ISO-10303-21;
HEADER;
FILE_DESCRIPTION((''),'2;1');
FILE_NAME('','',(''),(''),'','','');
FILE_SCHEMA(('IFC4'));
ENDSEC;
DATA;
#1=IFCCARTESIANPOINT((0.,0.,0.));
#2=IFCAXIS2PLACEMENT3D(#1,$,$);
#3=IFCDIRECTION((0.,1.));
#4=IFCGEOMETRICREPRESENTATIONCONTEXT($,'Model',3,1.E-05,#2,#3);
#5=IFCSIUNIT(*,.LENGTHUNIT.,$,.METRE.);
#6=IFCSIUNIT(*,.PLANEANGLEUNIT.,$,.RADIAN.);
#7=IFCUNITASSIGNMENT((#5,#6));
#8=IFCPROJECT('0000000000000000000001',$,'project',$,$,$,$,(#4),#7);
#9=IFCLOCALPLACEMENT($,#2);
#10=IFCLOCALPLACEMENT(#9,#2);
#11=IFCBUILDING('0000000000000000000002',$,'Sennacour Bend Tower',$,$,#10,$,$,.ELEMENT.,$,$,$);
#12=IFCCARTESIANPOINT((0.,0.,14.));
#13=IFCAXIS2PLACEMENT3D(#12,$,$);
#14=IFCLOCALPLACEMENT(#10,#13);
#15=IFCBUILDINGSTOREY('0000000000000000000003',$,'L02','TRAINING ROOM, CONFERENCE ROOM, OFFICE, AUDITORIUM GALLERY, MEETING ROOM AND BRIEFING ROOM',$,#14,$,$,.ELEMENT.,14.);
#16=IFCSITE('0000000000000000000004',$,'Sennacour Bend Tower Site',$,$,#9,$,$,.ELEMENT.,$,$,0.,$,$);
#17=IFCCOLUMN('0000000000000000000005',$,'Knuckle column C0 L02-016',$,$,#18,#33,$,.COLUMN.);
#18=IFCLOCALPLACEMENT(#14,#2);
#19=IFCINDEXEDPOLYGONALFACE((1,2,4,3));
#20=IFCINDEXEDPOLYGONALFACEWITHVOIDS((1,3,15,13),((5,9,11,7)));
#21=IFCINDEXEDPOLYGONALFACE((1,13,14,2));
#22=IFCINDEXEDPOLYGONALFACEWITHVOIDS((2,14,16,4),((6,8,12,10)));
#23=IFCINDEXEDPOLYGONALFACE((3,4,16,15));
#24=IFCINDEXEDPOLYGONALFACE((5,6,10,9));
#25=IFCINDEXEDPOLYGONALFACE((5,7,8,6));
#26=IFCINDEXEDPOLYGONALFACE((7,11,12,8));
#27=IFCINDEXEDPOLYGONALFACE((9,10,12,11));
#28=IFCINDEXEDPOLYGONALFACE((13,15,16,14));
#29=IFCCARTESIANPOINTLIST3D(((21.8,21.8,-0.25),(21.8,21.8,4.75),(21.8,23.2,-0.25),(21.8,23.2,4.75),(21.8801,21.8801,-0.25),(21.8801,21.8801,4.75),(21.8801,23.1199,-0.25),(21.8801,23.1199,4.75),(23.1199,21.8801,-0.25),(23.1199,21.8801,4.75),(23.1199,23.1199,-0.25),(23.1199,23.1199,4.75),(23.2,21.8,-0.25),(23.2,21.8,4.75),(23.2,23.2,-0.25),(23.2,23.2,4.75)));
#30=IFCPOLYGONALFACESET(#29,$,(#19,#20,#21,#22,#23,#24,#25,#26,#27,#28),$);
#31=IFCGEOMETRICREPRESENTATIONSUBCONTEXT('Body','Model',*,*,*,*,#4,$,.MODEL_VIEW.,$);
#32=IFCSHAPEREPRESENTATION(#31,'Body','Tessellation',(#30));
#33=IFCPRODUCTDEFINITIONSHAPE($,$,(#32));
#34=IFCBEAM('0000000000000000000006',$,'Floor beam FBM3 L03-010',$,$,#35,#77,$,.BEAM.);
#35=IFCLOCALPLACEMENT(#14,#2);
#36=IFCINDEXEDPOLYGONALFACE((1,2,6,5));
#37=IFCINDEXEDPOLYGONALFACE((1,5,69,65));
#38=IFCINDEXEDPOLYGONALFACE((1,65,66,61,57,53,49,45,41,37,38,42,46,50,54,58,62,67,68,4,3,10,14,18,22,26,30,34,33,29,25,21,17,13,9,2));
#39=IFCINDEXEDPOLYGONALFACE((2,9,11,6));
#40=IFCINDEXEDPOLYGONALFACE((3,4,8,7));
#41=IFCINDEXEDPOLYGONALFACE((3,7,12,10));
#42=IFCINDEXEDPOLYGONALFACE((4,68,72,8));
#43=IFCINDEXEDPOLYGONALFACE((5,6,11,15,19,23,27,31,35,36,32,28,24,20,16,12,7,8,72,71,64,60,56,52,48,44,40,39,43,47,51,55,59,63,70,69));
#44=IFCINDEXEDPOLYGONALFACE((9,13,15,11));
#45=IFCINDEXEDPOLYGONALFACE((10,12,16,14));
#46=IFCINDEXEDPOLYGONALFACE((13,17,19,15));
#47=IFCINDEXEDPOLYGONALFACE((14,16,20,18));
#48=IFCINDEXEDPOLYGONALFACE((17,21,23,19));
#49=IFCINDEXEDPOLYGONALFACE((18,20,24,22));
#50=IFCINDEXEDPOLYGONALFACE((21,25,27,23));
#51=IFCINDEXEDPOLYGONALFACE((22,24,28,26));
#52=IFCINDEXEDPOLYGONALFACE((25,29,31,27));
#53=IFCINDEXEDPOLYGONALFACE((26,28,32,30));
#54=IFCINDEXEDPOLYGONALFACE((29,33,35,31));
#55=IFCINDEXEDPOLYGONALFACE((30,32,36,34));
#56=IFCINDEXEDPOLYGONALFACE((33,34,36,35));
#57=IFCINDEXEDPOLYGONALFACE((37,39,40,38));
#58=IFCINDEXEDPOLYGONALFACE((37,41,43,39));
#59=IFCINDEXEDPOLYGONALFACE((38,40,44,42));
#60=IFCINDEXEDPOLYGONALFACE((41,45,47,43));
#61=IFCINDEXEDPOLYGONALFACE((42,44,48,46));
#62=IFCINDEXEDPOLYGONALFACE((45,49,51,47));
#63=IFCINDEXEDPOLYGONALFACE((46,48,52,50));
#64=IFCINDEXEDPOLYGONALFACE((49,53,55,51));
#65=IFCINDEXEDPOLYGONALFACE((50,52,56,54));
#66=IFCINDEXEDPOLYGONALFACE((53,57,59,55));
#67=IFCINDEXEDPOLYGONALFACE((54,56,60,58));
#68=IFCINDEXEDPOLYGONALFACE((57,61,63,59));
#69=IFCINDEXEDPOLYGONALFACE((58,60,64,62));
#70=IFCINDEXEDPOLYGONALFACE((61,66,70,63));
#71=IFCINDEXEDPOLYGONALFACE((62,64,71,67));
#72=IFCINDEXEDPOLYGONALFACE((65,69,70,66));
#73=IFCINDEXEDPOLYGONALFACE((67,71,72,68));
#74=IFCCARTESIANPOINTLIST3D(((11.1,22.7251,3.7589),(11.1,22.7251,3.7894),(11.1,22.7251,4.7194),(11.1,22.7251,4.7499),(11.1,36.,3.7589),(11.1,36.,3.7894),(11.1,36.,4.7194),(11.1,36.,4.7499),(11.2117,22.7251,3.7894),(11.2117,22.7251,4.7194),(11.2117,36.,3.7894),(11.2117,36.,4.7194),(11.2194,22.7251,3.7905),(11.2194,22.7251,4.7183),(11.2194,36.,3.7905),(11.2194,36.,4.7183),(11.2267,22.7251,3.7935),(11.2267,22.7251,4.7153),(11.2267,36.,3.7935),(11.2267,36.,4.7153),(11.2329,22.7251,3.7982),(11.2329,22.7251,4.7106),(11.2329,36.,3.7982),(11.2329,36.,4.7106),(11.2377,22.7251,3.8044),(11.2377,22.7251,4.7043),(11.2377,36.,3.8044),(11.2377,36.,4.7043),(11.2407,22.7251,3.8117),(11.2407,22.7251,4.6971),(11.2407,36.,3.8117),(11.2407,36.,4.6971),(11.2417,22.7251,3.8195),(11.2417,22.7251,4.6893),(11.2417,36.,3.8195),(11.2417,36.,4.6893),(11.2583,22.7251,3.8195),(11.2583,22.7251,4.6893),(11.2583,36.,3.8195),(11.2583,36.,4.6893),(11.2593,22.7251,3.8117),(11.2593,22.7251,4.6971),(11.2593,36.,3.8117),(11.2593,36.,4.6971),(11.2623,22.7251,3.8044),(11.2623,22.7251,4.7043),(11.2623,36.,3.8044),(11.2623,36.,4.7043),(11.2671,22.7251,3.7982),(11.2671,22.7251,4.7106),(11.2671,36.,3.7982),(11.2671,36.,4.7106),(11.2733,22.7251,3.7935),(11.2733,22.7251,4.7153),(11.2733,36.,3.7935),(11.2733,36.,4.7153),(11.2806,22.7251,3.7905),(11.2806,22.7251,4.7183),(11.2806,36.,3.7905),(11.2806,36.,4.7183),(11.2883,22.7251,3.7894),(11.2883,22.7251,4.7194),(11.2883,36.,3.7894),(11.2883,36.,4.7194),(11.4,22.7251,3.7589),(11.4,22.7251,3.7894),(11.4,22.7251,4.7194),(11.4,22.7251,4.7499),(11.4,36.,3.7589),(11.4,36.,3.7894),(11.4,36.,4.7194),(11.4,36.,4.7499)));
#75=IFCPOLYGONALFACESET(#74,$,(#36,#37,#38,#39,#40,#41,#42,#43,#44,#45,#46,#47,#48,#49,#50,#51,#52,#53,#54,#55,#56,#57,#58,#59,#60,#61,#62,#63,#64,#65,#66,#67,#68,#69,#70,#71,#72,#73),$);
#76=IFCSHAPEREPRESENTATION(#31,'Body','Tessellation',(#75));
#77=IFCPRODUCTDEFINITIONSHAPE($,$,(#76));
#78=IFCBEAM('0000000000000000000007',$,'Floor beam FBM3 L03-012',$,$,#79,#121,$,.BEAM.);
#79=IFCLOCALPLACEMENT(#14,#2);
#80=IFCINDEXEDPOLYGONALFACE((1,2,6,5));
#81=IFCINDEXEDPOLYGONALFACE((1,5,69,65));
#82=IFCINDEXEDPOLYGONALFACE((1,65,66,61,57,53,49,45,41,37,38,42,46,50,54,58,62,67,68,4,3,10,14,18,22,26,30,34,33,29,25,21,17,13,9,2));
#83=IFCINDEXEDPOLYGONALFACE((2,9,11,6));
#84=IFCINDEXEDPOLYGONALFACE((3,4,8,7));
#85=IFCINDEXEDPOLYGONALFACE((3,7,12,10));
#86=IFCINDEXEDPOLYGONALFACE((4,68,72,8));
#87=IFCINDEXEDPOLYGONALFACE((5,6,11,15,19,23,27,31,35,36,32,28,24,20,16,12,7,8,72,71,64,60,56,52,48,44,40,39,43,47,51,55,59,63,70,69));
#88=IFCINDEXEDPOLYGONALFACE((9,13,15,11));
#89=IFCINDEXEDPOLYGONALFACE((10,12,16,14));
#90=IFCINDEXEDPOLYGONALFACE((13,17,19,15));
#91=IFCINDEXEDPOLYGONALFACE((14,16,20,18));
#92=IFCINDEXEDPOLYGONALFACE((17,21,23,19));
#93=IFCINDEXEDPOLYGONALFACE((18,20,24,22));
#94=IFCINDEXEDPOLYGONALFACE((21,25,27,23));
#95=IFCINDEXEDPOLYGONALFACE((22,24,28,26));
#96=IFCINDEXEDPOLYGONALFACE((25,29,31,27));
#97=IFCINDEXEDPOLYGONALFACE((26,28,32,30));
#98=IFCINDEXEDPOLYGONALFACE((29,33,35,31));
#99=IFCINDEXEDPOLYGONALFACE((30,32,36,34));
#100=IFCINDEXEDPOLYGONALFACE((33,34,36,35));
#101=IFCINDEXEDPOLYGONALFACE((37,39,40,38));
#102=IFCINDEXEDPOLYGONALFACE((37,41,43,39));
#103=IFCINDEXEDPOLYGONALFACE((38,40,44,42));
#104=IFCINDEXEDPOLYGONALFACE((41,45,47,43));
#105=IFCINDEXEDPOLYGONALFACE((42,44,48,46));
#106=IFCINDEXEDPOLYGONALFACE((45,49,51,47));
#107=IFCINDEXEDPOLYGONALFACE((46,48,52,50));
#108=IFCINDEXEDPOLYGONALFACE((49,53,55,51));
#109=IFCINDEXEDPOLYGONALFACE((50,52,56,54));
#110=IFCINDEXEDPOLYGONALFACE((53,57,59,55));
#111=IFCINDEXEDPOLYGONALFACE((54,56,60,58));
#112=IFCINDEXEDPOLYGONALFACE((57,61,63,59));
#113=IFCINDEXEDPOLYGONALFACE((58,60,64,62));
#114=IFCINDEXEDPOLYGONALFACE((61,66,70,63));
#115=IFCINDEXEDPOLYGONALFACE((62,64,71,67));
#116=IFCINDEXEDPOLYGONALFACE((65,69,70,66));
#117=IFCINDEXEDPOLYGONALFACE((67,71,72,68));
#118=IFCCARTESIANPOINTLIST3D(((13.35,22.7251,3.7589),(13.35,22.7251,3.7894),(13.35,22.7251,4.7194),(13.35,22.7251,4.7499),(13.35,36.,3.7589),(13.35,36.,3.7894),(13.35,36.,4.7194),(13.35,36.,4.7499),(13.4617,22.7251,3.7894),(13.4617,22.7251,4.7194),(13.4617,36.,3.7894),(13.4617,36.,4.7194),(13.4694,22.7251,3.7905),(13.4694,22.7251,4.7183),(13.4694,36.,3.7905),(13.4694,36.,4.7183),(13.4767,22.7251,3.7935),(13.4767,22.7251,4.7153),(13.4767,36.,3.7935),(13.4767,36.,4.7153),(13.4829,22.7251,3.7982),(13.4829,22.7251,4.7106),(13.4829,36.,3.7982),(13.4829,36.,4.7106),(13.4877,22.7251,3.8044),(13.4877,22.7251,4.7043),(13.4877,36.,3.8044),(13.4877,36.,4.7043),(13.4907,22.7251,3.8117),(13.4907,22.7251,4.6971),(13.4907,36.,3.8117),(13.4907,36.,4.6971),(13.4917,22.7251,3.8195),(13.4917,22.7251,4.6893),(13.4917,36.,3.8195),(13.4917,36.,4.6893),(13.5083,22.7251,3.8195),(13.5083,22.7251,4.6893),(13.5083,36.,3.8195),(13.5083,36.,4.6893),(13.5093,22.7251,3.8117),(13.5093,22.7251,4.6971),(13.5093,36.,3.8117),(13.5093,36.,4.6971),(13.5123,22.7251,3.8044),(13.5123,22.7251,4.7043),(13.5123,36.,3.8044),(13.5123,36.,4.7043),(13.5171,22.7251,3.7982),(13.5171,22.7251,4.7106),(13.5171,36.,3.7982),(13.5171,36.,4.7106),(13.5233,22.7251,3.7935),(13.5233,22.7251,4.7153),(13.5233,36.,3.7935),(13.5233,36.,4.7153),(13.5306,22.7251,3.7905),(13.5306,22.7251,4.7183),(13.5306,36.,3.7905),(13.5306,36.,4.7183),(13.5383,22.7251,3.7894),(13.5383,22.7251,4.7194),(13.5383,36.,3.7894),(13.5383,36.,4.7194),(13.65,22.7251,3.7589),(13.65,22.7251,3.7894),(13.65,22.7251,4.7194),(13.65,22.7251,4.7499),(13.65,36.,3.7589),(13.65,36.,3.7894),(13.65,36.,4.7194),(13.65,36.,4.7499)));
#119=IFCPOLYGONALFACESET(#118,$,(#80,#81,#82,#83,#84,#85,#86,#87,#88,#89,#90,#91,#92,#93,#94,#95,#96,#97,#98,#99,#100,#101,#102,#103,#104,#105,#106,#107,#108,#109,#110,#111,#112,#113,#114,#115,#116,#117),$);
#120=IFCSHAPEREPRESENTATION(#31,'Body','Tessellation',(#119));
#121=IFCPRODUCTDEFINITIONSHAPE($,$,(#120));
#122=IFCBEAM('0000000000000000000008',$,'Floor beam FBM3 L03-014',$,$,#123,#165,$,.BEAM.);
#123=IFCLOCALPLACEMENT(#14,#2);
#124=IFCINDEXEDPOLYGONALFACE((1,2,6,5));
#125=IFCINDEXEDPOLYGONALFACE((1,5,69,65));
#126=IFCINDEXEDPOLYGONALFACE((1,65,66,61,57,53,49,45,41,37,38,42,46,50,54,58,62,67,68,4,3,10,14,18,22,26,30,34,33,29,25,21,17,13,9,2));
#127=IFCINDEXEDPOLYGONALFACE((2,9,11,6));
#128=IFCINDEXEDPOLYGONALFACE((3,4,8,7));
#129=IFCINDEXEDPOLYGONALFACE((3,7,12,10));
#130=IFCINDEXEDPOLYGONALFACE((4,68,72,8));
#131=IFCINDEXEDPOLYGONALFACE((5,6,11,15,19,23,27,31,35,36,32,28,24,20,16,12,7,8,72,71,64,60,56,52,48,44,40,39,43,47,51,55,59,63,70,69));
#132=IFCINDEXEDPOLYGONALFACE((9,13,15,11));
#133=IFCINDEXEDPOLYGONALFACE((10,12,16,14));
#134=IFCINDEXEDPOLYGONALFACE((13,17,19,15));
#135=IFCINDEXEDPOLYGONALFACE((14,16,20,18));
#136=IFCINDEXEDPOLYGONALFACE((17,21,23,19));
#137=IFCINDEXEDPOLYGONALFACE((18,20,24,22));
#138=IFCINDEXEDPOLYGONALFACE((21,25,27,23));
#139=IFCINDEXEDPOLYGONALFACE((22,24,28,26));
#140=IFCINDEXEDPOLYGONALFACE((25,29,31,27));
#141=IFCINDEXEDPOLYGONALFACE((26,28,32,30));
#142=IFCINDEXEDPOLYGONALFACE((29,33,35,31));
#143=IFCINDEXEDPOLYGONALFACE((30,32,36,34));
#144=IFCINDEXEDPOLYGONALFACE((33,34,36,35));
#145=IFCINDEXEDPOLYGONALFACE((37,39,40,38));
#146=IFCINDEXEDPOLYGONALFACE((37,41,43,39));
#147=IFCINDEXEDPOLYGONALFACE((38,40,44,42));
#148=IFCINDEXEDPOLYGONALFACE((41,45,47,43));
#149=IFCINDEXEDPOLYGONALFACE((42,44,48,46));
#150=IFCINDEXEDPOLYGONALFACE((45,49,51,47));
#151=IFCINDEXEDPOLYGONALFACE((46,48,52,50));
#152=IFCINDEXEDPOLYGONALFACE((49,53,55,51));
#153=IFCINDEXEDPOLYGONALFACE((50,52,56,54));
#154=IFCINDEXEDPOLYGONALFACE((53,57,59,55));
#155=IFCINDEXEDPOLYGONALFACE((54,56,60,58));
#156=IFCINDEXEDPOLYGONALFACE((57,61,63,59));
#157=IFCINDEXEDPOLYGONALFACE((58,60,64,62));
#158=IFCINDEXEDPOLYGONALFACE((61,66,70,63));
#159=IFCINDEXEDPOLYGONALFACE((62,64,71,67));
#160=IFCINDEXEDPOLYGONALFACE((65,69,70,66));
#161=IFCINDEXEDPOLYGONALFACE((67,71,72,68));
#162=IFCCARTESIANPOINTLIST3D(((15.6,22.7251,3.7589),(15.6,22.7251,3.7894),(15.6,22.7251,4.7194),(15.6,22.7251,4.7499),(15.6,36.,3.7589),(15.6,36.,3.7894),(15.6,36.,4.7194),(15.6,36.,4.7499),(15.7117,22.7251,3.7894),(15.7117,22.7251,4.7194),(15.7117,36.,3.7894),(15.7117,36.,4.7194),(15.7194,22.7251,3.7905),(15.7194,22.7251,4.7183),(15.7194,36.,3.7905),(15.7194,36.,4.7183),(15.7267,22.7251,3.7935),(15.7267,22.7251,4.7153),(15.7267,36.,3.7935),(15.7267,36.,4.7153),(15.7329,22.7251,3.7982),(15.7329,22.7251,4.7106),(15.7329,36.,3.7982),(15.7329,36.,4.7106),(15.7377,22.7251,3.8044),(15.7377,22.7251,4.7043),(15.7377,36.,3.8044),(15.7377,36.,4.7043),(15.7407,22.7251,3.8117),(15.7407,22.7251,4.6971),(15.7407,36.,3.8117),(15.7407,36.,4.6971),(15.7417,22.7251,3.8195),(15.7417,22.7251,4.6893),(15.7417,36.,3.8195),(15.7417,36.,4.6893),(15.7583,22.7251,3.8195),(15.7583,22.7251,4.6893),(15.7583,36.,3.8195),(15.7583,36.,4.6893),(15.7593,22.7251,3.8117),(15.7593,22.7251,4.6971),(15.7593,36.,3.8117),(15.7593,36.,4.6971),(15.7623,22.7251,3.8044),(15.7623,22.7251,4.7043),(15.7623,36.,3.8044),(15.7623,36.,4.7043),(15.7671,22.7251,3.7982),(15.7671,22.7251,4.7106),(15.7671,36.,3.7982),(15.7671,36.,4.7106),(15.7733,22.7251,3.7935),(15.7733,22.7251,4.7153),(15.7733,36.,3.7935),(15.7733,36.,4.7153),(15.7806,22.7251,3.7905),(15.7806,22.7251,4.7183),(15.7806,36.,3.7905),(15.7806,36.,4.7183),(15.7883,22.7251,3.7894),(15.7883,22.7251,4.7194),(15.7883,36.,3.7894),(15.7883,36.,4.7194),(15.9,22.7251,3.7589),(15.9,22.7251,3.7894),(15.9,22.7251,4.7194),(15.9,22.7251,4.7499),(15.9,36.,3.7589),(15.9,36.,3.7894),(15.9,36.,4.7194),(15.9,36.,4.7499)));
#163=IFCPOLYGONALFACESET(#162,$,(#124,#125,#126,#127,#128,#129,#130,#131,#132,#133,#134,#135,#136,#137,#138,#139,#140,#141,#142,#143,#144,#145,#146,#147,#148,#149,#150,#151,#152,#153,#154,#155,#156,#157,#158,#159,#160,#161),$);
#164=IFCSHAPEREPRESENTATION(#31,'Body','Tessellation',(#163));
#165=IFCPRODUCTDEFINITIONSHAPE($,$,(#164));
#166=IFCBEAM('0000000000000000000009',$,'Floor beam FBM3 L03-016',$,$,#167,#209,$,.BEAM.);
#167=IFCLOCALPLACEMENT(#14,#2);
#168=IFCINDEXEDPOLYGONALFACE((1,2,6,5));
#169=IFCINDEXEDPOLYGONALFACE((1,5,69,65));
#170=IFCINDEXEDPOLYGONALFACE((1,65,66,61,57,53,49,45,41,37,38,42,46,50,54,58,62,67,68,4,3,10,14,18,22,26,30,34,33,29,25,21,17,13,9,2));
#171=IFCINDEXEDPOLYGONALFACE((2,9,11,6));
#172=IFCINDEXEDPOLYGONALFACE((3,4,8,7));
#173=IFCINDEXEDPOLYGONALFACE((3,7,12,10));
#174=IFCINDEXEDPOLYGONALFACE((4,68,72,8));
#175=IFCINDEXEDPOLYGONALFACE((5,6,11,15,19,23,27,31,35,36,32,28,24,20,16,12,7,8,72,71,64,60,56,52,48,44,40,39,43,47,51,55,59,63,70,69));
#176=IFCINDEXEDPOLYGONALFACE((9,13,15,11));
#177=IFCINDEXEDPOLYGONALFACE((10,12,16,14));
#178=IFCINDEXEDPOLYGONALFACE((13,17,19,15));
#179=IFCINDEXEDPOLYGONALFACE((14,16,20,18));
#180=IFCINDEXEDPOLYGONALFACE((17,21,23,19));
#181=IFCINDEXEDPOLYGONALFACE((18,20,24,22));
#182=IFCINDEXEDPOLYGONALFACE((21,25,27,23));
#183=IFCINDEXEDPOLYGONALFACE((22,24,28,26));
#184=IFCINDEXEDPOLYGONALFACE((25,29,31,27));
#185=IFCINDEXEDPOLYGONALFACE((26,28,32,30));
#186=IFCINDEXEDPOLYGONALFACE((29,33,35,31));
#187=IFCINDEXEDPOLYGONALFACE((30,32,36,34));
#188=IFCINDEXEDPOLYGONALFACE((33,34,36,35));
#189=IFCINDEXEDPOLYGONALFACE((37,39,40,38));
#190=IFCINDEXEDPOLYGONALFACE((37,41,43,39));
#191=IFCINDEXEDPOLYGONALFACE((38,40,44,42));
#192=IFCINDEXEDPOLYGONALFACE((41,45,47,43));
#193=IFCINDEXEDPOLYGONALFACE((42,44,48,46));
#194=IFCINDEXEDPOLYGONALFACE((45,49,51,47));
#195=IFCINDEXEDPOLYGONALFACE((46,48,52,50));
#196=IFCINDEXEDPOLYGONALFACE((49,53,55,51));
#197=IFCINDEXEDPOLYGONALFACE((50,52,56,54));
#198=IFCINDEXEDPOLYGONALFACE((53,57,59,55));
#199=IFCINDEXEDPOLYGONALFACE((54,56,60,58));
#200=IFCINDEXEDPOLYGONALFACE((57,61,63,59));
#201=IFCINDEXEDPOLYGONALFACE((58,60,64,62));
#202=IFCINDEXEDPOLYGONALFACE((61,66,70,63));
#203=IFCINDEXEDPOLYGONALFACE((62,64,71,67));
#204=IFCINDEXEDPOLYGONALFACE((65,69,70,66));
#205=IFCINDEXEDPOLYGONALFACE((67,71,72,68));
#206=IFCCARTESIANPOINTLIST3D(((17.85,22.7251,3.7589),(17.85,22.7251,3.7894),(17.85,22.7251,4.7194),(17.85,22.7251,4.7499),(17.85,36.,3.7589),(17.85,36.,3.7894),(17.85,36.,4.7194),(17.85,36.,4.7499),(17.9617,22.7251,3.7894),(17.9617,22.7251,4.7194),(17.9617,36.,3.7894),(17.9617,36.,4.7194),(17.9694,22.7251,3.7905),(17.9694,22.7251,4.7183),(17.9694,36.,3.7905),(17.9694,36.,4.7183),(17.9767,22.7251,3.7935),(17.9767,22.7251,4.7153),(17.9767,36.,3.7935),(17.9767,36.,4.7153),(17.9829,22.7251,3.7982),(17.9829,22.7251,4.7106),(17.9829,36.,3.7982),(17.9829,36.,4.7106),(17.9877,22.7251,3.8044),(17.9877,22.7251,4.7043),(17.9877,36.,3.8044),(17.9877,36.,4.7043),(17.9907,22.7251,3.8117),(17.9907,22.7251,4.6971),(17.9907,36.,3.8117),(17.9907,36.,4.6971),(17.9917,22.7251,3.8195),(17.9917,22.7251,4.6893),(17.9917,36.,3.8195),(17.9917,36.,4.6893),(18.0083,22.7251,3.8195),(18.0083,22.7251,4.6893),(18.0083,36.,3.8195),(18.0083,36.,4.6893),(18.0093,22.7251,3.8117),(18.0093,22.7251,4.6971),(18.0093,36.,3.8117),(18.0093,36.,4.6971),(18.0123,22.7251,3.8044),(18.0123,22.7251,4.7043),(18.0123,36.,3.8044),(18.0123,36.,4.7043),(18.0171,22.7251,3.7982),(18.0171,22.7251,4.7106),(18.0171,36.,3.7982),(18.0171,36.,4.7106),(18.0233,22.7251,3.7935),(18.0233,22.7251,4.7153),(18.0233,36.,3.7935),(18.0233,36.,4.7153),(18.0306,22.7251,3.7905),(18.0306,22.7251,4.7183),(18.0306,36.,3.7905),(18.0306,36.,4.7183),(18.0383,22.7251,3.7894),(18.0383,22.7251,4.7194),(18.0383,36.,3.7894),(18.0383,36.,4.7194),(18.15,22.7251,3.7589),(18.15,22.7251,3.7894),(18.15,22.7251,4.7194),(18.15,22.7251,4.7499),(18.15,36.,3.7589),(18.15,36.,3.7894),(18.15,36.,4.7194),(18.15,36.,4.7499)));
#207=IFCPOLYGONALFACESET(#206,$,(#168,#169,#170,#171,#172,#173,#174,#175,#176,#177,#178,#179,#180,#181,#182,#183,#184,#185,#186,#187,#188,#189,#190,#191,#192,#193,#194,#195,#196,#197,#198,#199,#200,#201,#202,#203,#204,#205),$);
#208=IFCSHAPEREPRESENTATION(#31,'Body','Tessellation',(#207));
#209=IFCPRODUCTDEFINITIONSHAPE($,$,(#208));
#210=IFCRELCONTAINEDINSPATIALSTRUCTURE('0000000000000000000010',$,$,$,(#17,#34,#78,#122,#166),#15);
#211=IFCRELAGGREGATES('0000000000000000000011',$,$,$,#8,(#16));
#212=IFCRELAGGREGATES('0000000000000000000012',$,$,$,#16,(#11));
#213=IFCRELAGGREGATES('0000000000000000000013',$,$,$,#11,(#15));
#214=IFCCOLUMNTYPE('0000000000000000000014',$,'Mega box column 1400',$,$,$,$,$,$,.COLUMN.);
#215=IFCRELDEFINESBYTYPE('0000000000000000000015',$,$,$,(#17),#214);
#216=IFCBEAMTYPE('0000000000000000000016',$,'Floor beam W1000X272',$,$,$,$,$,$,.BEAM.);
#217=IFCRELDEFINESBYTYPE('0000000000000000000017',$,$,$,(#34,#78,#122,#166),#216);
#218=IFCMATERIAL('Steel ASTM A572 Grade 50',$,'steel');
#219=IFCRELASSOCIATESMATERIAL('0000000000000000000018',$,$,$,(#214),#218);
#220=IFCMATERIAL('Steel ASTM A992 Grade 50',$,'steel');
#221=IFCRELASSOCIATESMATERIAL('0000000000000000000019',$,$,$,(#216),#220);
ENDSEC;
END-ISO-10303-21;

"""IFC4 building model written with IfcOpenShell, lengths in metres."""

from ifc_helpers import new_model, si_unit, direction, frame, origin, origin_2d, place, context, subcontext, project, spatial, hollow_rectangle, i_section, extrude, material, material_profile, profile_set, type_object, element, save


model = new_model("IFC4")

# Units and contexts
model_context = context("Model", 3, precision=1e-05, world=origin(), true_north=direction((0.0, 1.0)))
body_context = subcontext(model_context, "Body", "Model", "MODEL_VIEW")
ifc_project = project(units=[si_unit("LENGTHUNIT", "METRE"), si_unit("PLANEANGLEUNIT", "RADIAN")], contexts=[model_context])

# Site, building, storey
site_placement = place(None, origin())
site = spatial("IfcSite", under=ifc_project, at=site_placement, Name="Sennacour Bend Tower Site", CompositionType="ELEMENT", RefElevation=0.0)
building_placement = place(site_placement, origin())
building = spatial("IfcBuilding", under=site, at=building_placement, Name="Sennacour Bend Tower", CompositionType="ELEMENT")
storey_placement = place(building_placement, frame((0.0, 0.0, 14.0)))
storey = spatial("IfcBuildingStorey", under=building, at=storey_placement, Name="L02", Description="TRAINING ROOM, CONFERENCE ROOM, OFFICE, AUDITORIUM GALLERY, MEETING ROOM AND BRIEFING ROOM", CompositionType="ELEMENT", Elevation=14.0)

# Column
ifc_material_1 = material(Name="Steel ASTM A572 Grade 50", Category="steel")
ifc_material_profile_1 = material_profile(ifc_material_1, hollow_rectangle(XDim=1.3999, YDim=1.3999, WallThickness=0.0801, at=origin_2d()), Name="Steel ASTM A572 Grade 50", Category="steel")
ifc_profile_set_1 = profile_set([ifc_material_profile_1], Name="Steel ASTM A572 Grade 50")
column_type = type_object("IfcColumnType", Name="Mega box column 1400", PredefinedType="COLUMN", material=ifc_profile_set_1)
column_placement = place(storey_placement, frame((22.5, 22.5, -0.25), z_axis=(0.0, 0.0, 1.0), x_axis=(1.0, 0.0, 0.0)))
element("IfcColumn", 1, at=column_placement, inside=storey, type_object=column_type, Name="Knuckle column C0 L02-016", PredefinedType="COLUMN", context=body_context, shape_type="SweptSolid", body=[
    extrude(hollow_rectangle(XDim=1.3999, YDim=1.3999, WallThickness=0.0801, at=origin_2d()), origin(), (0.0, 0.0, 1.0), 5.0),
])

# Beams
ifc_material_2 = material(Name="Steel ASTM A992 Grade 50", Category="steel")
ifc_material_profile_2 = material_profile(ifc_material_2, i_section(OverallWidth=0.3, OverallDepth=0.991, WebThickness=0.0166, FlangeThickness=0.0305, FilletRadius=0.03, at=origin_2d()), Name="Steel ASTM A992 Grade 50", Category="steel")
ifc_profile_set_2 = profile_set([ifc_material_profile_2], Name="Steel ASTM A992 Grade 50")
beam_type = type_object("IfcBeamType", Name="Floor beam W1000X272", PredefinedType="BEAM", material=ifc_profile_set_2)
for number, where, z_axis, x_axis, name in (
    (2, (11.25, 22.7251, 4.2544), (0.0, 1.0, 0.0), (-1.0, 0.0, 0.0), "Floor beam FBM3 L03-010"),
    (3, (13.5, 22.7251, 4.2544), (0.0, 1.0, 0.0), (-1.0, 0.0, 0.0), "Floor beam FBM3 L03-012"),
    (4, (15.75, 22.7251, 4.2544), (0.0, 1.0, 0.0), (-1.0, 0.0, 0.0), "Floor beam FBM3 L03-014"),
    (5, (18.0, 22.7251, 4.2544), (0.0, 1.0, 0.0), (-1.0, 0.0, 0.0), "Floor beam FBM3 L03-016"),
):
    element("IfcBeam", number, at=place(storey_placement, frame(where, z_axis=z_axis, x_axis=x_axis)), inside=storey, type_object=beam_type, Name=name, PredefinedType="BEAM", context=body_context, shape_type="SweptSolid", body=[
        extrude(i_section(OverallWidth=0.3, OverallDepth=0.991, WebThickness=0.0166, FlangeThickness=0.0305, FilletRadius=0.03, at=origin_2d()), origin(), (0.0, 0.0, 1.0), 13.2749),
    ])

save(model, "model.ifc")
